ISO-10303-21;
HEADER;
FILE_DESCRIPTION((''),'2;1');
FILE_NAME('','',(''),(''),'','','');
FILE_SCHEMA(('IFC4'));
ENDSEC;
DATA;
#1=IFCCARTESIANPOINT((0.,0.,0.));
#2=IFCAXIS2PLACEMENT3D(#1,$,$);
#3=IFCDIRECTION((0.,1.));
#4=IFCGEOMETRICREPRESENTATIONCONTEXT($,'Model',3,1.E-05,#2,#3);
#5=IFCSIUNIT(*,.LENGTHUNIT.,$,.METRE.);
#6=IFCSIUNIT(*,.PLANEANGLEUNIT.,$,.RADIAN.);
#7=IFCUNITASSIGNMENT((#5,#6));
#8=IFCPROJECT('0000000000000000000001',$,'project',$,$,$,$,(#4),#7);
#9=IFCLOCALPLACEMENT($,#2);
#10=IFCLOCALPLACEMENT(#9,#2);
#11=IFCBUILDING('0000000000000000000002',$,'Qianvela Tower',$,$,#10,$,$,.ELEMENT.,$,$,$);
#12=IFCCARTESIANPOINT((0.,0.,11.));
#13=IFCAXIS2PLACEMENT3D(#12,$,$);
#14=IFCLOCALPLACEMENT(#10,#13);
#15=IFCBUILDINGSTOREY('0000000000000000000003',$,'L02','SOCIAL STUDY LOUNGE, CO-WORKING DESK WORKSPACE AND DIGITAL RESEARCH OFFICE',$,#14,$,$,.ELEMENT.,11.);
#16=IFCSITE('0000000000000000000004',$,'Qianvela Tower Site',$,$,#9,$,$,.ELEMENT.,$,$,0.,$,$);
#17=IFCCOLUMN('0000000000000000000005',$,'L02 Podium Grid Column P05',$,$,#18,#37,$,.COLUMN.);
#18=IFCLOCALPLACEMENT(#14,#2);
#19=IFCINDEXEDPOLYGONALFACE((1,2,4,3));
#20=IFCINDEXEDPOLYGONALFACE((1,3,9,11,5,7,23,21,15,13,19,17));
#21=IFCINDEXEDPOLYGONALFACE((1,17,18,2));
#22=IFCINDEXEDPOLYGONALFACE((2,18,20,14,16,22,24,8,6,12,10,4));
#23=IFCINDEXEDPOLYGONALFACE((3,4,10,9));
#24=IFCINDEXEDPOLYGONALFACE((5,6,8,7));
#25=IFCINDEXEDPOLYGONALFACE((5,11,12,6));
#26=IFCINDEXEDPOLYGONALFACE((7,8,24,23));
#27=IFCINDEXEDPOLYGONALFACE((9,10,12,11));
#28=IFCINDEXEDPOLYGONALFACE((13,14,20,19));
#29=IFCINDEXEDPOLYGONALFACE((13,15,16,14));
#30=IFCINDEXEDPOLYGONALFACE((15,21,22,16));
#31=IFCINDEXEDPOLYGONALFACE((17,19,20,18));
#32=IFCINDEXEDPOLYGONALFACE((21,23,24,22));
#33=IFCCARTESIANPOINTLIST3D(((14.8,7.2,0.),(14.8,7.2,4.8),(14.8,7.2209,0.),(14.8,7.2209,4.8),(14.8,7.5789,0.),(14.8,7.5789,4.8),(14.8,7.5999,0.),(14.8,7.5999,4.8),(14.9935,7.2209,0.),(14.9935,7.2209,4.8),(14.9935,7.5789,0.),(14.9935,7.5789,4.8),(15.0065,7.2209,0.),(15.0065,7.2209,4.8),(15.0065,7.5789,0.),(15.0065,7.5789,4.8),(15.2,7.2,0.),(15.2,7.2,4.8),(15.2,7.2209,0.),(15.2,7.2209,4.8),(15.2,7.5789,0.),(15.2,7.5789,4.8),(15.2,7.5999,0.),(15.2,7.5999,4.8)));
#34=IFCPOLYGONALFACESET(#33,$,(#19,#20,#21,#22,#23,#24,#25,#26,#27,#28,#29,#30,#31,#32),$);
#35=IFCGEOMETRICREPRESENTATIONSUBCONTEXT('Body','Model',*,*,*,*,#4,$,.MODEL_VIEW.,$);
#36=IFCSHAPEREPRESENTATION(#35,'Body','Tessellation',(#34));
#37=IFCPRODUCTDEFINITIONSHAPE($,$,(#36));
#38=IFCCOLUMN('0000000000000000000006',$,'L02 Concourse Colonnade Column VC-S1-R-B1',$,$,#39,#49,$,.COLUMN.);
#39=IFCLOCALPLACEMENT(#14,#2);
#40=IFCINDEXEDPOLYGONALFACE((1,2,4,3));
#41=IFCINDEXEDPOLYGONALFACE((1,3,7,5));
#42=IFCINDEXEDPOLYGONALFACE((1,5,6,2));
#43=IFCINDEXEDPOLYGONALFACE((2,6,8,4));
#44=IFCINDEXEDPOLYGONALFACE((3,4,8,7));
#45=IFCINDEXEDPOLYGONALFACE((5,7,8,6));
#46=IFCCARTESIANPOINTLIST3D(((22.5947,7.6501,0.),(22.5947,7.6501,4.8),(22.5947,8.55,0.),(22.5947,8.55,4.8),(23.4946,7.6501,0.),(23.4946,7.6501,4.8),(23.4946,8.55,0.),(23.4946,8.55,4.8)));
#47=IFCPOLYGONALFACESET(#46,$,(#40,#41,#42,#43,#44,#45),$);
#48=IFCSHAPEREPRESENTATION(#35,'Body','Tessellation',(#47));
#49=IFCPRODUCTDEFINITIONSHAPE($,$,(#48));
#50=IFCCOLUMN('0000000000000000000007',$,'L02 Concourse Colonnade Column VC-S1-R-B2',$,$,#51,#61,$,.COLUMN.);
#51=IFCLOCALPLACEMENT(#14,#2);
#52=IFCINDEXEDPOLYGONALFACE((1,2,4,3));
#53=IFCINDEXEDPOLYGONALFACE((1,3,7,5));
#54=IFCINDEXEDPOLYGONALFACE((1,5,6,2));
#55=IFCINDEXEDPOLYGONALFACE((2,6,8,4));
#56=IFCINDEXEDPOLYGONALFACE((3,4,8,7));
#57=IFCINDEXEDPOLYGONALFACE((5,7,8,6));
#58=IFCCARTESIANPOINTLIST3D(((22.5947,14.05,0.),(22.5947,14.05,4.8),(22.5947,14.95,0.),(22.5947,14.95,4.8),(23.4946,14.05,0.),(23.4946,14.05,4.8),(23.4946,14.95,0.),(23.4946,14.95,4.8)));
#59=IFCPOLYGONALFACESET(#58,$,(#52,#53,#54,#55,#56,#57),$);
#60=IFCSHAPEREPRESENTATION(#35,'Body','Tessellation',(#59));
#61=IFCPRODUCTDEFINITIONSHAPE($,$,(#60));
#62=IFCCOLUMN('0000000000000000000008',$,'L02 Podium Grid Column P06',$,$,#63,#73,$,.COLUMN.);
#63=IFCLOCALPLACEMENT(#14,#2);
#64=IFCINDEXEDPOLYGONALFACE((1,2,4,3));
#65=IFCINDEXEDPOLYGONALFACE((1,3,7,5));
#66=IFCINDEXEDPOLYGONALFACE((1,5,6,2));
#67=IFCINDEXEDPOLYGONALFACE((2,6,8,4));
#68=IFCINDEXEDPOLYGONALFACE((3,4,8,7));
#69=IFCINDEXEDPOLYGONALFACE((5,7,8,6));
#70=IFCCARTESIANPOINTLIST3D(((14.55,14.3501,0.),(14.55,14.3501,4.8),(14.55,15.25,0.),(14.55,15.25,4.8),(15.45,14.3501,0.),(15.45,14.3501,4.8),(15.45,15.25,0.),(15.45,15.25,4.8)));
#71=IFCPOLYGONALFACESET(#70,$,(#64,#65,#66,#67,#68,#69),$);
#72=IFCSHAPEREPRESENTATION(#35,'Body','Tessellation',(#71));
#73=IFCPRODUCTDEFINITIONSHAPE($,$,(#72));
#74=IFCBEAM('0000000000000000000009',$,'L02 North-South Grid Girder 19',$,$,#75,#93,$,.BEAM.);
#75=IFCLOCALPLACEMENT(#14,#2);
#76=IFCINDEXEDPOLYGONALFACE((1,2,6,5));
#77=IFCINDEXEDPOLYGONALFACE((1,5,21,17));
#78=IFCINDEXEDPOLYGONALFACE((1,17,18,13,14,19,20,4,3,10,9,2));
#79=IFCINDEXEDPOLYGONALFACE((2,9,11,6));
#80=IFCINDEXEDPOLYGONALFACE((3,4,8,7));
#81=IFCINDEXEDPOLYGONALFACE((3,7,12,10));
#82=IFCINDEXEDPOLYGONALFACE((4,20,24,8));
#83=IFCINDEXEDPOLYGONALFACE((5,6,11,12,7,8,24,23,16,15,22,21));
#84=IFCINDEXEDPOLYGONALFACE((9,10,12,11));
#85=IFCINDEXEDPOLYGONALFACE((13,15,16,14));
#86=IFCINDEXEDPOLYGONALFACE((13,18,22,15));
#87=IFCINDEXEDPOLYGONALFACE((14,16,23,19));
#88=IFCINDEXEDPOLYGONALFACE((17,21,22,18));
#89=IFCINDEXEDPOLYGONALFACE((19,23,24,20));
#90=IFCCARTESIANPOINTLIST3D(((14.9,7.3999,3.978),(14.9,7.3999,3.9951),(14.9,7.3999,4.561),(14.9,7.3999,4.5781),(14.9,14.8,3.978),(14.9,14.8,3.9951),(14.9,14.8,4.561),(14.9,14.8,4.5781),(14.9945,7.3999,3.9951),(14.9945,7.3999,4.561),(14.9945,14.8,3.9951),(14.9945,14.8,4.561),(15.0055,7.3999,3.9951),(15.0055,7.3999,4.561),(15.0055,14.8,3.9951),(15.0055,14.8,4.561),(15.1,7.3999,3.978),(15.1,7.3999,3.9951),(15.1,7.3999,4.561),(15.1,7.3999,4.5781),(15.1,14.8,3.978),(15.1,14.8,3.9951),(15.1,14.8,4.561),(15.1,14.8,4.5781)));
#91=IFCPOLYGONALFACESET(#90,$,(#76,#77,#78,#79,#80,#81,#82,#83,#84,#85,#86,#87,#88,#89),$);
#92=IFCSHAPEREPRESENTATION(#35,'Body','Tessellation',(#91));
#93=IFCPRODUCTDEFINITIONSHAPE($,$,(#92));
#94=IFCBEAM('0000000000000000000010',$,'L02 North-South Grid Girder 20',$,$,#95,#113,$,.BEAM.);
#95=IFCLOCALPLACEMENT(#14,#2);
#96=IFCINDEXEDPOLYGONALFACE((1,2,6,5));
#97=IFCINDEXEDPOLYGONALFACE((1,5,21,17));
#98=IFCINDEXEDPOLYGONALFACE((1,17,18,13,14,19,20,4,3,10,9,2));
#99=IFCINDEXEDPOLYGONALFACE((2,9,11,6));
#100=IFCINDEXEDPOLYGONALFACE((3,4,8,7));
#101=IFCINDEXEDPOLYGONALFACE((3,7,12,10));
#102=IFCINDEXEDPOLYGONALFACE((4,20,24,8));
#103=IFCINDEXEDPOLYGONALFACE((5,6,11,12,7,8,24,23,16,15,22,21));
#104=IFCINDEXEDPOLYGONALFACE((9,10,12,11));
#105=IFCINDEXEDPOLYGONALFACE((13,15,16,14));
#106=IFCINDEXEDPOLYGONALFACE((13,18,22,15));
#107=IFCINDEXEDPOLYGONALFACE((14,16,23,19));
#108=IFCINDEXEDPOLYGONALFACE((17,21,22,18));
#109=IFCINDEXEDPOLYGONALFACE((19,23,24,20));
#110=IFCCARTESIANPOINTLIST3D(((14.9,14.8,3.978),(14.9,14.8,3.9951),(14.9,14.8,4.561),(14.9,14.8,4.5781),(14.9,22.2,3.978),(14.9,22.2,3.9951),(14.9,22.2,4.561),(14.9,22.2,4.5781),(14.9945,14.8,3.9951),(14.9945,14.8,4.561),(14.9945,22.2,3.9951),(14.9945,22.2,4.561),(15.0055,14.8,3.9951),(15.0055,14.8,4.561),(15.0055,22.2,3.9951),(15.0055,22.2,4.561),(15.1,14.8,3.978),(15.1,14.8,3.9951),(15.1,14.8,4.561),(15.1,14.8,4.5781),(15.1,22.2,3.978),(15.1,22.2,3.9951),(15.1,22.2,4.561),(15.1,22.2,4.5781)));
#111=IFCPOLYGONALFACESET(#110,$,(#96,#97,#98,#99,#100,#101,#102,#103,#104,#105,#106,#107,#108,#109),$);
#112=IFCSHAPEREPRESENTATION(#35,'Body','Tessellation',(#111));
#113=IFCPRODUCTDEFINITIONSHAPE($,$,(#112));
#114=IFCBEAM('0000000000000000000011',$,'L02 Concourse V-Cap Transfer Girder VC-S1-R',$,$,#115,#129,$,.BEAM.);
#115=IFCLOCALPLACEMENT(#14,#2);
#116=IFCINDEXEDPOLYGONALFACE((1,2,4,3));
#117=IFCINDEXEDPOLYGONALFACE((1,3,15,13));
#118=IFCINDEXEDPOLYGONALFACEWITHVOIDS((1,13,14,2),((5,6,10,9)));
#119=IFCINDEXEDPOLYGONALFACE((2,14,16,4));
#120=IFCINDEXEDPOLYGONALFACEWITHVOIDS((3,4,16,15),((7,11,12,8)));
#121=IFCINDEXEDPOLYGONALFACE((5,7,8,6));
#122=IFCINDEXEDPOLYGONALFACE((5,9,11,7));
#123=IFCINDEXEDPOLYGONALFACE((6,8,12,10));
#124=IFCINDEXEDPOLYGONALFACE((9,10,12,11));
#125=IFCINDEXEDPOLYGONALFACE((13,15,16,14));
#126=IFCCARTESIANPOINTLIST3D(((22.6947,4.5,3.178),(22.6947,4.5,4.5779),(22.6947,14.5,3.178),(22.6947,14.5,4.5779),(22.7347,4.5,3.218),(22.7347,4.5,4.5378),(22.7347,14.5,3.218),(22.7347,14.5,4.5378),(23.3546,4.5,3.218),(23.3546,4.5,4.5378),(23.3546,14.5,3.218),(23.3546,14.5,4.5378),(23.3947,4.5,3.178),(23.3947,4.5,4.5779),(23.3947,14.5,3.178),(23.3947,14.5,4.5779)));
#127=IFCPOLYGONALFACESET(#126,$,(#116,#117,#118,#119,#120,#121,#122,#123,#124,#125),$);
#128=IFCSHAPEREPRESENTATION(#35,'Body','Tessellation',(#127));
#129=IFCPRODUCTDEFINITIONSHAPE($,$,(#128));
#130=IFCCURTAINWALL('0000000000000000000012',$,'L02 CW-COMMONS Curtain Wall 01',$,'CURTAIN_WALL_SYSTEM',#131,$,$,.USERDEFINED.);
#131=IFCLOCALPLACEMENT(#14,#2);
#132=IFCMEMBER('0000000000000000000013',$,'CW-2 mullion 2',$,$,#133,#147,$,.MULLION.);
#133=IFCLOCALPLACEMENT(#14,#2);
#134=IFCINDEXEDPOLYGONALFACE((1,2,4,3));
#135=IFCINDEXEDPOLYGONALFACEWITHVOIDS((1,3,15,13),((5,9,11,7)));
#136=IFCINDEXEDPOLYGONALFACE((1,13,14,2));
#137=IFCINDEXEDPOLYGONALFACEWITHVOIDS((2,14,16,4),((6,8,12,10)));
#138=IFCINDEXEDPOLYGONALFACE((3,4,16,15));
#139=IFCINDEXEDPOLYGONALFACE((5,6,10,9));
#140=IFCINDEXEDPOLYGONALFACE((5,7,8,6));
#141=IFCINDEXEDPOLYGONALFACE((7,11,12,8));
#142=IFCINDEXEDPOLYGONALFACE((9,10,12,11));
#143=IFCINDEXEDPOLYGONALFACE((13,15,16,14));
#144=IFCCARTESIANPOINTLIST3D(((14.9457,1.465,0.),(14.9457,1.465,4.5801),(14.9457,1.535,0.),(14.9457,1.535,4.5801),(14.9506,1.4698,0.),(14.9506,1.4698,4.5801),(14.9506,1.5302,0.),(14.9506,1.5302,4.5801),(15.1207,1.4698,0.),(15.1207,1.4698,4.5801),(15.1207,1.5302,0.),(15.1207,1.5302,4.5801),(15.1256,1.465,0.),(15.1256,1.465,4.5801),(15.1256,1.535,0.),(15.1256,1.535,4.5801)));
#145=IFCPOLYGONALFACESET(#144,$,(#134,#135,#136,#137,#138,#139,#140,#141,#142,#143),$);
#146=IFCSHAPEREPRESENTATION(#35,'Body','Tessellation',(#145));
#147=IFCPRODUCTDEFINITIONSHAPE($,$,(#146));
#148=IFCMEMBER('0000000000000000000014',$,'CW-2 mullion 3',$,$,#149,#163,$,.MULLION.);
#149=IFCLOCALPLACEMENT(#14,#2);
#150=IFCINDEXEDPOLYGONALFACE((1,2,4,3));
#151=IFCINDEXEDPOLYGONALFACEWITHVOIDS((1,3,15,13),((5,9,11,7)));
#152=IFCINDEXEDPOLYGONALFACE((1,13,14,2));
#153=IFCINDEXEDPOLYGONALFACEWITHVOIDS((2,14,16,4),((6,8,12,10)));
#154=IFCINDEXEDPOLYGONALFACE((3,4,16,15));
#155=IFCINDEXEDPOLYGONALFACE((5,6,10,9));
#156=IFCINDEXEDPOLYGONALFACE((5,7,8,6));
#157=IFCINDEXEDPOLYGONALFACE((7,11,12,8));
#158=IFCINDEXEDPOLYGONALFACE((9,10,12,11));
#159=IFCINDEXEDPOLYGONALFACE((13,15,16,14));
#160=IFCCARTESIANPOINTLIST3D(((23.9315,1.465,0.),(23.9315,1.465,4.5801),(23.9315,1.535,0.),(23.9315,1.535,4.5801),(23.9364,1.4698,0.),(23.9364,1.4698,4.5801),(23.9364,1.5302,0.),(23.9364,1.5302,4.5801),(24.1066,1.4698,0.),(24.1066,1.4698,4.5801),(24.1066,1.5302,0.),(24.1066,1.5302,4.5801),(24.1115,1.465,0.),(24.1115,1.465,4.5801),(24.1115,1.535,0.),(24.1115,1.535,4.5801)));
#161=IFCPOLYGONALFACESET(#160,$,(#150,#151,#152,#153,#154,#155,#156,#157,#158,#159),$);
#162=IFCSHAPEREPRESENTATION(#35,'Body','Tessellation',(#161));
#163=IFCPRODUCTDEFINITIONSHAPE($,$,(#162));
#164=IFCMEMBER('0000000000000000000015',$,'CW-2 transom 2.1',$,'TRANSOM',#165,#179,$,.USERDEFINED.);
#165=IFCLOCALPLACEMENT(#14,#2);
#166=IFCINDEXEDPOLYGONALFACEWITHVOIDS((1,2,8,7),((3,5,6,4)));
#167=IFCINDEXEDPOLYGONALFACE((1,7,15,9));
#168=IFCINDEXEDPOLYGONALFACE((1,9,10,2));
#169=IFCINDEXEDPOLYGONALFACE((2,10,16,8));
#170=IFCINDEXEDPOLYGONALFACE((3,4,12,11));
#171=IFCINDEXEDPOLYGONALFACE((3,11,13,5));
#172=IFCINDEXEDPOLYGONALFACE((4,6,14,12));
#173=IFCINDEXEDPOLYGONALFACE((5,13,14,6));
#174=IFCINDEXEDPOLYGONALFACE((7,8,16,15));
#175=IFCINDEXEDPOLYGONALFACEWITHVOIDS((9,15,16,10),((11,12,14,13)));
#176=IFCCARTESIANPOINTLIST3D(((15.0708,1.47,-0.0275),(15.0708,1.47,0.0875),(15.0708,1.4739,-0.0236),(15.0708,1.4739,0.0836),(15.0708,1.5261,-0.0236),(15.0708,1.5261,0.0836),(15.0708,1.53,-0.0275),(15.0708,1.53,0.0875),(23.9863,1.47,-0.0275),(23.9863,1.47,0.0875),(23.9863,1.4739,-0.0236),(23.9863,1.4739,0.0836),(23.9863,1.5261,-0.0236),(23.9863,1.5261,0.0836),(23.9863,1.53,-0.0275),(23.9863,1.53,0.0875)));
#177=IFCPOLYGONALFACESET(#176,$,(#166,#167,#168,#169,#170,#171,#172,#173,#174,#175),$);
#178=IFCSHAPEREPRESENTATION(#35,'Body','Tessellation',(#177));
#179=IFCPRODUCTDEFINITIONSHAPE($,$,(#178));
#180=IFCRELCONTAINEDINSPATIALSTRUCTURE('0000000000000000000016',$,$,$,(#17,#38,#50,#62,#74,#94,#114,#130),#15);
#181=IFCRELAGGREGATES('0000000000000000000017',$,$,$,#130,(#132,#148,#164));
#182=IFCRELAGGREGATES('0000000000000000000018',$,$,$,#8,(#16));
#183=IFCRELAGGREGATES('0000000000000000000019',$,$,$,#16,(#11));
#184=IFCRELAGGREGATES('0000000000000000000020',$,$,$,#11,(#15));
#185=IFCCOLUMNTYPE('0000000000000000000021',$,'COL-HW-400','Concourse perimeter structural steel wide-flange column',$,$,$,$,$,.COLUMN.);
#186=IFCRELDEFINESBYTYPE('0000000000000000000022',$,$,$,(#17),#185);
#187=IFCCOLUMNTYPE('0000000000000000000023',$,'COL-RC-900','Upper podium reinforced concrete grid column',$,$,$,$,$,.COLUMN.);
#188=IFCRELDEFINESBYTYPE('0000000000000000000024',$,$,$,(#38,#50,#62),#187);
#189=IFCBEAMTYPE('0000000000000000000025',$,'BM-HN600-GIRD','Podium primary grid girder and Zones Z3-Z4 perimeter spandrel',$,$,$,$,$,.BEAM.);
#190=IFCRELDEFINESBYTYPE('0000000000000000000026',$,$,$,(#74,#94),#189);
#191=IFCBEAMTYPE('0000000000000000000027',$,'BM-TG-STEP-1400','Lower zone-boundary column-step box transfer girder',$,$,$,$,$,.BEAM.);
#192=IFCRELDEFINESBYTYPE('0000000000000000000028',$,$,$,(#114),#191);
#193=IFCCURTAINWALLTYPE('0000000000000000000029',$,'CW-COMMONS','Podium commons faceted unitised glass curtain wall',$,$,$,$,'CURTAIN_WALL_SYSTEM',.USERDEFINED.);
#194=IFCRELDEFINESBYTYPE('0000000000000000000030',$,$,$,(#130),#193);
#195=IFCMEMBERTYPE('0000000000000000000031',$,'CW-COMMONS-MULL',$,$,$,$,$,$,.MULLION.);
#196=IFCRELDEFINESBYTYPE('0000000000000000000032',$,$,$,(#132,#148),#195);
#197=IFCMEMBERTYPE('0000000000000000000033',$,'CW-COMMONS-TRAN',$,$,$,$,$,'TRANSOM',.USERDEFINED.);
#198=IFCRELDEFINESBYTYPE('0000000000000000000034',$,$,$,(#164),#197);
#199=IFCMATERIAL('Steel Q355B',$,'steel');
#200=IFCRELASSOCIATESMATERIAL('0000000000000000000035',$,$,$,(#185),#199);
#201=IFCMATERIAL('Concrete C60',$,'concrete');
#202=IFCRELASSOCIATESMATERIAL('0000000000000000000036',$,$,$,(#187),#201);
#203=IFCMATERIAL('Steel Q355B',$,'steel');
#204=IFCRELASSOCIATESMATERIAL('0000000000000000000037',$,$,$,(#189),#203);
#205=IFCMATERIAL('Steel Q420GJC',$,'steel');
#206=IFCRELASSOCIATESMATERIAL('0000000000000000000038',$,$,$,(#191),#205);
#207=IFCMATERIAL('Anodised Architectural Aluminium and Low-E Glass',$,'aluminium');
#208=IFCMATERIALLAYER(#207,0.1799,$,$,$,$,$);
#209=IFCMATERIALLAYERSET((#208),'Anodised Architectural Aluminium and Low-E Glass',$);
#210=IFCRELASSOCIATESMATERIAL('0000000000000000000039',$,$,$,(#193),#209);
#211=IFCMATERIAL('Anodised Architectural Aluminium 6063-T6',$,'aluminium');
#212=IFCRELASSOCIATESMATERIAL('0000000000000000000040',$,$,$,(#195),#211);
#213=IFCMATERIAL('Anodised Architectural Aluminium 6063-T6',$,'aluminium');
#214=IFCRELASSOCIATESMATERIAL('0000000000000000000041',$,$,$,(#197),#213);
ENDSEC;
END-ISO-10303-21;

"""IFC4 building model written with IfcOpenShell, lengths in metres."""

from ifc_helpers import new_model, si_unit, direction, frame, origin, origin_2d, place, context, subcontext, project, spatial, rectangle, hollow_rectangle, i_section, extrude, material, layer, layer_set, material_profile, profile_set, type_object, element, aggregate, save


model = new_model("IFC4")

# Units and contexts
model_context = context("Model", 3, precision=1e-05, world=origin(), true_north=direction((0.0, 1.0)))
body_context = subcontext(model_context, "Body", "Model", "MODEL_VIEW")
ifc_project = project(units=[si_unit("LENGTHUNIT", "METRE"), si_unit("PLANEANGLEUNIT", "RADIAN")], contexts=[model_context])

# Site, building, storey
site_placement = place(None, origin())
site = spatial("IfcSite", under=ifc_project, at=site_placement, Name="Qianvela Tower Site", CompositionType="ELEMENT", RefElevation=0.0)
building_placement = place(site_placement, origin())
building = spatial("IfcBuilding", under=site, at=building_placement, Name="Qianvela Tower", CompositionType="ELEMENT")
storey_placement = place(building_placement, frame((0.0, 0.0, 11.0)))
storey = spatial("IfcBuildingStorey", under=building, at=storey_placement, Name="L02", Description="SOCIAL STUDY LOUNGE, CO-WORKING DESK WORKSPACE AND DIGITAL RESEARCH OFFICE", CompositionType="ELEMENT", Elevation=11.0)

# Columns
ifc_material_1 = material(Name="Steel Q355B", Category="steel")
ifc_material_profile_1 = material_profile(ifc_material_1, i_section(OverallWidth=0.3999, OverallDepth=0.3999, WebThickness=0.0129, FlangeThickness=0.021, at=origin_2d()), Name="HW400x400x13x21")
ifc_profile_set_1 = profile_set([ifc_material_profile_1], Name="Steel Q355B")
column_type_1 = type_object("IfcColumnType", Name="COL-HW-400", Description="Concourse perimeter structural steel wide-flange column", PredefinedType="COLUMN", material=ifc_profile_set_1)
column_placement = place(storey_placement, frame((15.0, 7.3999, 0.0), z_axis=(0.0, 0.0, 1.0), x_axis=(1.0, 0.0, 0.0)))
element("IfcColumn", 1, at=column_placement, inside=storey, type_object=column_type_1, Name="L02 Podium Grid Column P05", PredefinedType="COLUMN", context=body_context, shape_type="SweptSolid", body=[
    extrude(i_section(OverallWidth=0.3999, OverallDepth=0.3999, WebThickness=0.0129, FlangeThickness=0.021, at=origin_2d()), origin(), (0.0, 0.0, 1.0), 4.8),
])
ifc_material_2 = material(Name="Concrete C60", Category="concrete")
ifc_material_profile_2 = material_profile(ifc_material_2, rectangle(XDim=0.8999, YDim=0.8999, at=origin_2d()), Name="RC-COL-900x900")
ifc_profile_set_2 = profile_set([ifc_material_profile_2], Name="Concrete C60")
column_type_2 = type_object("IfcColumnType", Name="COL-RC-900", Description="Upper podium reinforced concrete grid column", PredefinedType="COLUMN", material=ifc_profile_set_2)
for number, where, z_axis, x_axis, name in (
    (2, (23.0447, 8.1001, 0.0), (0.0, 0.0, 1.0), (1.0, 0.0, 0.0), "L02 Concourse Colonnade Column VC-S1-R-B1"),
    (3, (23.0447, 14.5, 0.0), (0.0, 0.0, 1.0), (1.0, 0.0, 0.0), "L02 Concourse Colonnade Column VC-S1-R-B2"),
    (4, (15.0, 14.8, 0.0), (0.0, 0.0, 1.0), (1.0, 0.0, 0.0), "L02 Podium Grid Column P06"),
):
    element("IfcColumn", number, at=place(storey_placement, frame(where, z_axis=z_axis, x_axis=x_axis)), inside=storey, type_object=column_type_2, Name=name, PredefinedType="COLUMN", context=body_context, shape_type="SweptSolid", body=[
        extrude(rectangle(XDim=0.8999, YDim=0.8999, at=origin_2d()), origin(), (0.0, 0.0, 1.0), 4.8),
    ])

# Beams
ifc_material_3 = material(Name="Steel Q355B", Category="steel")
ifc_material_profile_3 = material_profile(ifc_material_3, i_section(OverallWidth=0.2, OverallDepth=0.6001, WebThickness=0.011, FlangeThickness=0.0171, at=origin_2d()), Name="HN600x200x11x17")
ifc_profile_set_3 = profile_set([ifc_material_profile_3], Name="Steel Q355B")
beam_type_1 = type_object("IfcBeamType", Name="BM-HN600-GIRD", Description="Podium primary grid girder and Zones Z3-Z4 perimeter spandrel", PredefinedType="BEAM", material=ifc_profile_set_3)
beam_1_placement = place(storey_placement, frame((15.0, 7.3999, 4.2781), z_axis=(0.0, 1.0, 0.0), x_axis=(-1.0, 0.0, 0.0)))
element("IfcBeam", 5, at=beam_1_placement, inside=storey, type_object=beam_type_1, Name="L02 North-South Grid Girder 19", PredefinedType="BEAM", context=body_context, shape_type="SweptSolid", body=[
    extrude(i_section(OverallWidth=0.2, OverallDepth=0.6001, WebThickness=0.011, FlangeThickness=0.0171, at=origin_2d()), origin(), (0.0, 0.0, 1.0), 7.4001),
])
beam_2_placement = place(storey_placement, frame((15.0, 14.8, 4.2781), z_axis=(0.0, 1.0, 0.0), x_axis=(-1.0, 0.0, 0.0)))
element("IfcBeam", 6, at=beam_2_placement, inside=storey, type_object=beam_type_1, Name="L02 North-South Grid Girder 20", PredefinedType="BEAM", context=body_context, shape_type="SweptSolid", body=[
    extrude(i_section(OverallWidth=0.2, OverallDepth=0.6001, WebThickness=0.011, FlangeThickness=0.0171, at=origin_2d()), origin(), (0.0, 0.0, 1.0), 7.3999),
])
ifc_material_4 = material(Name="Steel Q420GJC", Category="steel")
ifc_material_profile_4 = material_profile(ifc_material_4, hollow_rectangle(XDim=0.7, YDim=1.3999, WallThickness=0.04, at=origin_2d()), Name="TG-BOX-1400x700x40")
ifc_profile_set_4 = profile_set([ifc_material_profile_4], Name="Steel Q420GJC")
beam_type_2 = type_object("IfcBeamType", Name="BM-TG-STEP-1400", Description="Lower zone-boundary column-step box transfer girder", PredefinedType="BEAM", material=ifc_profile_set_4)
beam_3_placement = place(storey_placement, frame((23.0447, 14.5, 3.8779), z_axis=(0.0, -1.0, 0.0), x_axis=(1.0, 0.0, 0.0)))
element("IfcBeam", 7, at=beam_3_placement, inside=storey, type_object=beam_type_2, Name="L02 Concourse V-Cap Transfer Girder VC-S1-R", PredefinedType="BEAM", context=body_context, shape_type="SweptSolid", body=[
    extrude(hollow_rectangle(XDim=0.7, YDim=1.3999, WallThickness=0.04, at=origin_2d()), origin(), (0.0, 0.0, 1.0), 10.0),
])

# Curtain wall, members
ifc_material_5 = material(Name="Anodised Architectural Aluminium and Low-E Glass", Category="aluminium")
ifc_layer_1 = layer(ifc_material_5, 0.1799)
ifc_layer_set_1 = layer_set([ifc_layer_1], Name="Anodised Architectural Aluminium and Low-E Glass")
curtain_wall_type = type_object("IfcCurtainWallType", Name="CW-COMMONS", Description="Podium commons faceted unitised glass curtain wall", ElementType="CURTAIN_WALL_SYSTEM", PredefinedType="USERDEFINED", material=ifc_layer_set_1)
curtain_wall_placement = place(storey_placement, origin())
curtain_wall = element("IfcCurtainWall", 8, at=curtain_wall_placement, inside=storey, type_object=curtain_wall_type, Name="L02 CW-COMMONS Curtain Wall 01", ObjectType="CURTAIN_WALL_SYSTEM", PredefinedType="USERDEFINED")
ifc_material_6 = material(Name="Anodised Architectural Aluminium 6063-T6", Category="aluminium")
ifc_material_profile_5 = material_profile(ifc_material_6, hollow_rectangle(XDim=0.0701, YDim=0.1799, WallThickness=0.0049, at=origin_2d()), Name="ALU-MULL-70x180")
ifc_profile_set_5 = profile_set([ifc_material_profile_5], Name="Anodised Architectural Aluminium 6063-T6")
member_type_1 = type_object("IfcMemberType", Name="CW-COMMONS-MULL", PredefinedType="MULLION", material=ifc_profile_set_5)
member_1_placement = place(storey_placement, frame((15.0356, 1.5, 0.0), z_axis=(0.0, 0.0, 1.0), x_axis=(0.0, 1.0, 0.0)))
member_1 = element("IfcMember", 9, at=member_1_placement, type_object=member_type_1, Name="CW-2 mullion 2", PredefinedType="MULLION", context=body_context, shape_type="SweptSolid", body=[
    extrude(hollow_rectangle(XDim=0.0701, YDim=0.1799, WallThickness=0.0049, at=origin_2d()), origin(), (0.0, 0.0, 1.0), 4.5801),
])
member_2_placement = place(storey_placement, frame((24.0215, 1.5, 0.0), z_axis=(0.0, 0.0, 1.0), x_axis=(0.0, 1.0, 0.0)))
member_2 = element("IfcMember", 10, at=member_2_placement, type_object=member_type_1, Name="CW-2 mullion 3", PredefinedType="MULLION", context=body_context, shape_type="SweptSolid", body=[
    extrude(hollow_rectangle(XDim=0.0701, YDim=0.1799, WallThickness=0.0049, at=origin_2d()), origin(), (0.0, 0.0, 1.0), 4.5801),
])
ifc_material_7 = material(Name="Anodised Architectural Aluminium 6063-T6", Category="aluminium")
ifc_material_profile_6 = material_profile(ifc_material_7, hollow_rectangle(XDim=0.0601, YDim=0.115, WallThickness=0.0039, at=origin_2d()), Name="ALU-TRAN-60x115")
ifc_profile_set_6 = profile_set([ifc_material_profile_6], Name="Anodised Architectural Aluminium 6063-T6")
member_type_2 = type_object("IfcMemberType", Name="CW-COMMONS-TRAN", ElementType="TRANSOM", PredefinedType="USERDEFINED", material=ifc_profile_set_6)
member_3_placement = place(storey_placement, frame((15.0708, 1.5, 0.03), z_axis=(1.0, 0.0, 0.0), x_axis=(0.0, 1.0, 0.0)))
member_3 = element("IfcMember", 11, at=member_3_placement, type_object=member_type_2, Name="CW-2 transom 2.1", ObjectType="TRANSOM", PredefinedType="USERDEFINED", context=body_context, shape_type="SweptSolid", body=[
    extrude(hollow_rectangle(XDim=0.0601, YDim=0.115, WallThickness=0.0039, at=origin_2d()), origin(), (0.0, 0.0, 1.0), 8.9155),
])

aggregate(curtain_wall, [member_1, member_2, member_3])

save(model, "model.ifc")
